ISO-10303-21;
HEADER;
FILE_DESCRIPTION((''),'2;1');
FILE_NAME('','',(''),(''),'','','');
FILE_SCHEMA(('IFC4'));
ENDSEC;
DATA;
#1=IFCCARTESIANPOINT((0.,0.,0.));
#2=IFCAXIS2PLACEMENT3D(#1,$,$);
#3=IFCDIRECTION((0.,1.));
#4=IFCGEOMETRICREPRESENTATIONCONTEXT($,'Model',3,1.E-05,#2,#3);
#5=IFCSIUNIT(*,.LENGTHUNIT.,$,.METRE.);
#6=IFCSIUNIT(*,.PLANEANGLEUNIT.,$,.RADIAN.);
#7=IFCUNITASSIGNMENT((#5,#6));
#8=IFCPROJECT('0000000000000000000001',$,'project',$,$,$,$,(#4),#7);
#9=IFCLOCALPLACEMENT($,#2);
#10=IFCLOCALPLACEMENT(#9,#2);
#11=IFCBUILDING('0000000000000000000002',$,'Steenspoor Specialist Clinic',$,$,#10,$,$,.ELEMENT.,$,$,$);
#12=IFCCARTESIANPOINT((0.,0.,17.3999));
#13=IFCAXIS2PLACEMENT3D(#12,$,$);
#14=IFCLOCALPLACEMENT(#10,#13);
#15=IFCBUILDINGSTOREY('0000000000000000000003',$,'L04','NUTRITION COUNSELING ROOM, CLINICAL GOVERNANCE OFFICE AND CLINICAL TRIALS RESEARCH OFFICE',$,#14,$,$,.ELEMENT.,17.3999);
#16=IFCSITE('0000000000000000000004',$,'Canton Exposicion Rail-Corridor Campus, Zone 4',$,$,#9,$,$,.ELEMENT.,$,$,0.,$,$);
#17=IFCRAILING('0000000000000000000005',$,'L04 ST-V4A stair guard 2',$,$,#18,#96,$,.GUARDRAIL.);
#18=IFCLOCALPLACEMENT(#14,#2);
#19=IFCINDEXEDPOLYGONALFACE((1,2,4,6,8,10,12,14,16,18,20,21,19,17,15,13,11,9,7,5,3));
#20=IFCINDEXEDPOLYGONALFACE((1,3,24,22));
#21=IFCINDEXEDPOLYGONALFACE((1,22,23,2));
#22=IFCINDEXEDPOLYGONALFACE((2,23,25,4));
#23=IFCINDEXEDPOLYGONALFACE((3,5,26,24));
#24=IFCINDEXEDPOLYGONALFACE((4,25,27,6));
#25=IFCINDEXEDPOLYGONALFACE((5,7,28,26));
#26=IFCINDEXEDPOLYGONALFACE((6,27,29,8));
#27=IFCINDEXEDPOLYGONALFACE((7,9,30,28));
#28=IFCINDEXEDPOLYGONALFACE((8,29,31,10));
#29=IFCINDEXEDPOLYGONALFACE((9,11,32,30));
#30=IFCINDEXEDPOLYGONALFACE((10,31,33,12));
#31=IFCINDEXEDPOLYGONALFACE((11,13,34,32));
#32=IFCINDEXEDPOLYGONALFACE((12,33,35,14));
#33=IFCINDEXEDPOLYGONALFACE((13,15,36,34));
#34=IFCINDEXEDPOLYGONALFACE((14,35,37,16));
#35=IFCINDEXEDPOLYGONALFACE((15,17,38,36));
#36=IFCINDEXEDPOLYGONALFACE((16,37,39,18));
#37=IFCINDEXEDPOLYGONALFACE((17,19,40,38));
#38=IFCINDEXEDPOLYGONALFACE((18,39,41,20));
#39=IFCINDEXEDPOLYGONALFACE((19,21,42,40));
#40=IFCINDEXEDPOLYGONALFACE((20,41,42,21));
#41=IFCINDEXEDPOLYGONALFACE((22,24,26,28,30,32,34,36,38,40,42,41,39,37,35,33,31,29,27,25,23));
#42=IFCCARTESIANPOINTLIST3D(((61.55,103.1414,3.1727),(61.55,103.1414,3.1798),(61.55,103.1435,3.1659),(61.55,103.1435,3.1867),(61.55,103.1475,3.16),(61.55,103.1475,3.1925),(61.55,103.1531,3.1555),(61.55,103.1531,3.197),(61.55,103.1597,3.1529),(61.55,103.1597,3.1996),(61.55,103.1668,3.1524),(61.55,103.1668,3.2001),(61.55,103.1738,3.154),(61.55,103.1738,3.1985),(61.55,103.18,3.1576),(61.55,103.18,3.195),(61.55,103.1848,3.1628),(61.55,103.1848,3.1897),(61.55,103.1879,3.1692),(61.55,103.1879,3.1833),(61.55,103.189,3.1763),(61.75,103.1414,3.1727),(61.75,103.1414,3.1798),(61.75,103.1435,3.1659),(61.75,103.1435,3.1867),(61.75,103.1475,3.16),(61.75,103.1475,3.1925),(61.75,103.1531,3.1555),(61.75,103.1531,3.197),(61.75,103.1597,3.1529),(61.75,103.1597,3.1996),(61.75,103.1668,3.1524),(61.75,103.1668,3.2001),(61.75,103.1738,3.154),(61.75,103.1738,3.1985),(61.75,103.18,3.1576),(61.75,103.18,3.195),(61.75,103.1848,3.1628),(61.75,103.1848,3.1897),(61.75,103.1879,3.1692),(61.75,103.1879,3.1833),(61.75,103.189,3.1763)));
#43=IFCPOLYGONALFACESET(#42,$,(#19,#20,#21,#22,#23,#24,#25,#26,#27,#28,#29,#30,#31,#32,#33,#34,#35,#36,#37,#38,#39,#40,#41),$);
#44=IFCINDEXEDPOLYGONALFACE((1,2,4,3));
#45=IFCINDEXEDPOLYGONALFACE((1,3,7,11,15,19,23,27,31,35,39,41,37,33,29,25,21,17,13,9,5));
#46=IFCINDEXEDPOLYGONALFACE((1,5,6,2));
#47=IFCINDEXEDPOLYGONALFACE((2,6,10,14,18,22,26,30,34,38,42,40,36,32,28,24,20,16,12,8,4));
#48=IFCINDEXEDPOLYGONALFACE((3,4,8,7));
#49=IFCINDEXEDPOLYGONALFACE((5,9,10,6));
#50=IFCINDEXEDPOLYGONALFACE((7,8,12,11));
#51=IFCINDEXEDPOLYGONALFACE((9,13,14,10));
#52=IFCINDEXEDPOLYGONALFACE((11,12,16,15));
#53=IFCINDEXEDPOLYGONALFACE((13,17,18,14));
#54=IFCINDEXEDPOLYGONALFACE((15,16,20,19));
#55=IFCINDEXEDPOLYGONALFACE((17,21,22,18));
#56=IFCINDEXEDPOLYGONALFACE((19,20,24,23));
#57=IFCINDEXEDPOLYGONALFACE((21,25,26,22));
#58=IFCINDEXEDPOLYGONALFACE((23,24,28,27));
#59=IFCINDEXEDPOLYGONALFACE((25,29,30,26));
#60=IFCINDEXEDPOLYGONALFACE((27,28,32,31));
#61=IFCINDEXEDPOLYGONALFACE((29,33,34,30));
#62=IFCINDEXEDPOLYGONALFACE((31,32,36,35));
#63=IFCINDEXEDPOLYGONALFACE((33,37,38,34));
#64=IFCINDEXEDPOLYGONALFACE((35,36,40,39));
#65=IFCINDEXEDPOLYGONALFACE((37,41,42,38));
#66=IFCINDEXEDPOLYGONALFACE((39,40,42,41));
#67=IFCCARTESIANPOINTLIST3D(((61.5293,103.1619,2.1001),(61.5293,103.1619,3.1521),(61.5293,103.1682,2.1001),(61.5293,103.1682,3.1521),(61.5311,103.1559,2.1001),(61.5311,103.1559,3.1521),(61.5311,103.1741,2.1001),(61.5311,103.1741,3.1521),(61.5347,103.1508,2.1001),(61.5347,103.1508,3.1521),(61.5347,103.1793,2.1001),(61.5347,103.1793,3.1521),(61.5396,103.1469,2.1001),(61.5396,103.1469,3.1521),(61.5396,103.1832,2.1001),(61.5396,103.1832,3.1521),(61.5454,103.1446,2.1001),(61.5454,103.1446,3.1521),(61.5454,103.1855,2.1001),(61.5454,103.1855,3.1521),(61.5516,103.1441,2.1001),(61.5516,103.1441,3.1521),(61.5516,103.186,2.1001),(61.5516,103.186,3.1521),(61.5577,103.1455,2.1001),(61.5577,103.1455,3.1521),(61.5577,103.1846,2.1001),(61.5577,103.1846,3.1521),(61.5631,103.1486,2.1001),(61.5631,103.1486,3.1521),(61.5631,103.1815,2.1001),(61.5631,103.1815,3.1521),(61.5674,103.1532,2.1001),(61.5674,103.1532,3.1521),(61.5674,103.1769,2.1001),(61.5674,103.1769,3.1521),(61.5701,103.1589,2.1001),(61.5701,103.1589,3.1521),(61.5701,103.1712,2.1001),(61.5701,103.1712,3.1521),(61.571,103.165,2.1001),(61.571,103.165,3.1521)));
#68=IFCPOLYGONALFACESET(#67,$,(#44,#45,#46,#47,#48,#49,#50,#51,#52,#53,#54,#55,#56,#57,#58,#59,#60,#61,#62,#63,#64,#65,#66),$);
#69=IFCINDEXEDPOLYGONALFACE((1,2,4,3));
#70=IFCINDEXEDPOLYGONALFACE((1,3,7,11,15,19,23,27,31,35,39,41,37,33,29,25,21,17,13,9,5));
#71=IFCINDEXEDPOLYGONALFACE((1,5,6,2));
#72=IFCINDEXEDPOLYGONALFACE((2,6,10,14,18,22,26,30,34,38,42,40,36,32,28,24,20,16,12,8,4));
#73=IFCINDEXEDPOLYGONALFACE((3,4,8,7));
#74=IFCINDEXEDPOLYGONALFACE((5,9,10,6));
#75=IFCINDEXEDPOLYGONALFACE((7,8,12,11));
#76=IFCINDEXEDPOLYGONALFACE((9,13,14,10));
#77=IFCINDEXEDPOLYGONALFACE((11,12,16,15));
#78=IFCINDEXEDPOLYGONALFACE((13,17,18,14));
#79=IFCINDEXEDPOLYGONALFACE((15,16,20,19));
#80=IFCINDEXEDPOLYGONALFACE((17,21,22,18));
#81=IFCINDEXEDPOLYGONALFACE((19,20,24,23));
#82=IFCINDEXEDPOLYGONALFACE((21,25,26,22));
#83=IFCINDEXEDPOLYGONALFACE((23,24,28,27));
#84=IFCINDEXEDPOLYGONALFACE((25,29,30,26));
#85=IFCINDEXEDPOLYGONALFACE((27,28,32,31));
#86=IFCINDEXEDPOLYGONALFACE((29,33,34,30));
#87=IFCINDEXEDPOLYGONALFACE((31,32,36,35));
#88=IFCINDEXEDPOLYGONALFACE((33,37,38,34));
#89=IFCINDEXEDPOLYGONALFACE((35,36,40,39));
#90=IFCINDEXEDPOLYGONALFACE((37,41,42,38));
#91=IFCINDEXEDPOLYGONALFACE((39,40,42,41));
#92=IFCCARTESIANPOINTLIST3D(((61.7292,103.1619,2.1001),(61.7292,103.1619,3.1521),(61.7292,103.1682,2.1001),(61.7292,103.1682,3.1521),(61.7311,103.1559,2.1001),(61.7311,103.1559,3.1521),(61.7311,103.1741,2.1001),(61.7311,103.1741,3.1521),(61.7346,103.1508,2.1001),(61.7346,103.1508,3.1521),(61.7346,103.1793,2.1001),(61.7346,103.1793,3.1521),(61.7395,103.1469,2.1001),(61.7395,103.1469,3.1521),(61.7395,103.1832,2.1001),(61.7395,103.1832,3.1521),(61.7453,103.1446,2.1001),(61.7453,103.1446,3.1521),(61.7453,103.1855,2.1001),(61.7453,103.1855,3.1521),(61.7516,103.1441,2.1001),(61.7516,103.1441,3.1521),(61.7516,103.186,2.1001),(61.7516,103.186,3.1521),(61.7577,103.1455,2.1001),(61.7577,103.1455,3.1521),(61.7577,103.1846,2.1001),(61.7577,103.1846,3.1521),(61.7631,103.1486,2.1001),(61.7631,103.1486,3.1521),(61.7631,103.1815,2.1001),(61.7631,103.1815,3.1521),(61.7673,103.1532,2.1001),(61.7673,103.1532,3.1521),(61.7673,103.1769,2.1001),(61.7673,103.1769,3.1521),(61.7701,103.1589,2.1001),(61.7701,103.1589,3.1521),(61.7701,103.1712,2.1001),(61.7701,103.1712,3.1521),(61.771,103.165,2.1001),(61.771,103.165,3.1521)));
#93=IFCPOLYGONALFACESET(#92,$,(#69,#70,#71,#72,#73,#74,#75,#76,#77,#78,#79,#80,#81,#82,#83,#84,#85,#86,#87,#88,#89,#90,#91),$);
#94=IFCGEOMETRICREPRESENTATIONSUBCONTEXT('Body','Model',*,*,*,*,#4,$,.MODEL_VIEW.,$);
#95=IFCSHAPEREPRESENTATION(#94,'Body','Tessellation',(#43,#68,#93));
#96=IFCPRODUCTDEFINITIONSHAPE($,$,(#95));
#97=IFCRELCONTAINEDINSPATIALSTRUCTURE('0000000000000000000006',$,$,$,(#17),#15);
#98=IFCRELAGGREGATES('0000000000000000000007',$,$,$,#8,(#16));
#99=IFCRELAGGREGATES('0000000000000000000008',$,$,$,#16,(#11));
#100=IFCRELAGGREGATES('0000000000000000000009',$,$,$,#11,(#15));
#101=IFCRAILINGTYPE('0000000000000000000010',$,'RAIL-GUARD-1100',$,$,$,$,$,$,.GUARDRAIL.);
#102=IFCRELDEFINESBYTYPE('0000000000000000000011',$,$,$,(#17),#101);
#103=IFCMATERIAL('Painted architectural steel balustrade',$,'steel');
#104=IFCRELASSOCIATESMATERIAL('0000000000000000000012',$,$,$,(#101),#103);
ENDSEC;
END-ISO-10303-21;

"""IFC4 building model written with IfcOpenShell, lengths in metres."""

from ifc_helpers import new_model, si_unit, direction, frame, origin, origin_2d, place, context, subcontext, project, spatial, circle, extrude, material, type_object, element, save


model = new_model("IFC4")

# Units and contexts
model_context = context("Model", 3, precision=1e-05, world=origin(), true_north=direction((0.0, 1.0)))
body_context = subcontext(model_context, "Body", "Model", "MODEL_VIEW")
ifc_project = project(units=[si_unit("LENGTHUNIT", "METRE"), si_unit("PLANEANGLEUNIT", "RADIAN")], contexts=[model_context])

# Site, building, storey
site_placement = place(None, origin())
site = spatial("IfcSite", under=ifc_project, at=site_placement, Name="Canton Exposicion Rail-Corridor Campus, Zone 4", CompositionType="ELEMENT", RefElevation=0.0)
building_placement = place(site_placement, origin())
building = spatial("IfcBuilding", under=site, at=building_placement, Name="Steenspoor Specialist Clinic", CompositionType="ELEMENT")
storey_placement = place(building_placement, frame((0.0, 0.0, 17.3999)))
storey = spatial("IfcBuildingStorey", under=building, at=storey_placement, Name="L04", Description="NUTRITION COUNSELING ROOM, CLINICAL GOVERNANCE OFFICE AND CLINICAL TRIALS RESEARCH OFFICE", CompositionType="ELEMENT", Elevation=17.3999)

# Railing
ifc_material_1 = material(Name="Painted architectural steel balustrade", Category="steel")
railing_type_1 = type_object("IfcRailingType", Name="RAIL-GUARD-1100", PredefinedType="GUARDRAIL", material=ifc_material_1)
railing_1_placement = place(storey_placement, frame((61.55, 103.165, 2.1001)))
element("IfcRailing", 1, at=railing_1_placement, inside=storey, type_object=railing_type_1, Name="L04 ST-V4A stair guard 2", PredefinedType="GUARDRAIL", context=body_context, shape_type="SweptSolid", body=[
    extrude(circle(Radius=0.0239, at=origin_2d()), frame((0.0, 0.0, 1.0762), z_axis=(1.0, 0.0, 0.0), x_axis=(0.0, 1.0, 0.0)), (0.0, 0.0, 1.0), 0.2),
    extrude(circle(Radius=0.021, at=origin_2d()), origin(), (0.0, 0.0, 1.0), 1.052),
    extrude(circle(Radius=0.021, at=origin_2d()), frame((0.2, 0.0, 0.0)), (0.0, 0.0, 1.0), 1.052),
])

save(model, "model.ifc")
